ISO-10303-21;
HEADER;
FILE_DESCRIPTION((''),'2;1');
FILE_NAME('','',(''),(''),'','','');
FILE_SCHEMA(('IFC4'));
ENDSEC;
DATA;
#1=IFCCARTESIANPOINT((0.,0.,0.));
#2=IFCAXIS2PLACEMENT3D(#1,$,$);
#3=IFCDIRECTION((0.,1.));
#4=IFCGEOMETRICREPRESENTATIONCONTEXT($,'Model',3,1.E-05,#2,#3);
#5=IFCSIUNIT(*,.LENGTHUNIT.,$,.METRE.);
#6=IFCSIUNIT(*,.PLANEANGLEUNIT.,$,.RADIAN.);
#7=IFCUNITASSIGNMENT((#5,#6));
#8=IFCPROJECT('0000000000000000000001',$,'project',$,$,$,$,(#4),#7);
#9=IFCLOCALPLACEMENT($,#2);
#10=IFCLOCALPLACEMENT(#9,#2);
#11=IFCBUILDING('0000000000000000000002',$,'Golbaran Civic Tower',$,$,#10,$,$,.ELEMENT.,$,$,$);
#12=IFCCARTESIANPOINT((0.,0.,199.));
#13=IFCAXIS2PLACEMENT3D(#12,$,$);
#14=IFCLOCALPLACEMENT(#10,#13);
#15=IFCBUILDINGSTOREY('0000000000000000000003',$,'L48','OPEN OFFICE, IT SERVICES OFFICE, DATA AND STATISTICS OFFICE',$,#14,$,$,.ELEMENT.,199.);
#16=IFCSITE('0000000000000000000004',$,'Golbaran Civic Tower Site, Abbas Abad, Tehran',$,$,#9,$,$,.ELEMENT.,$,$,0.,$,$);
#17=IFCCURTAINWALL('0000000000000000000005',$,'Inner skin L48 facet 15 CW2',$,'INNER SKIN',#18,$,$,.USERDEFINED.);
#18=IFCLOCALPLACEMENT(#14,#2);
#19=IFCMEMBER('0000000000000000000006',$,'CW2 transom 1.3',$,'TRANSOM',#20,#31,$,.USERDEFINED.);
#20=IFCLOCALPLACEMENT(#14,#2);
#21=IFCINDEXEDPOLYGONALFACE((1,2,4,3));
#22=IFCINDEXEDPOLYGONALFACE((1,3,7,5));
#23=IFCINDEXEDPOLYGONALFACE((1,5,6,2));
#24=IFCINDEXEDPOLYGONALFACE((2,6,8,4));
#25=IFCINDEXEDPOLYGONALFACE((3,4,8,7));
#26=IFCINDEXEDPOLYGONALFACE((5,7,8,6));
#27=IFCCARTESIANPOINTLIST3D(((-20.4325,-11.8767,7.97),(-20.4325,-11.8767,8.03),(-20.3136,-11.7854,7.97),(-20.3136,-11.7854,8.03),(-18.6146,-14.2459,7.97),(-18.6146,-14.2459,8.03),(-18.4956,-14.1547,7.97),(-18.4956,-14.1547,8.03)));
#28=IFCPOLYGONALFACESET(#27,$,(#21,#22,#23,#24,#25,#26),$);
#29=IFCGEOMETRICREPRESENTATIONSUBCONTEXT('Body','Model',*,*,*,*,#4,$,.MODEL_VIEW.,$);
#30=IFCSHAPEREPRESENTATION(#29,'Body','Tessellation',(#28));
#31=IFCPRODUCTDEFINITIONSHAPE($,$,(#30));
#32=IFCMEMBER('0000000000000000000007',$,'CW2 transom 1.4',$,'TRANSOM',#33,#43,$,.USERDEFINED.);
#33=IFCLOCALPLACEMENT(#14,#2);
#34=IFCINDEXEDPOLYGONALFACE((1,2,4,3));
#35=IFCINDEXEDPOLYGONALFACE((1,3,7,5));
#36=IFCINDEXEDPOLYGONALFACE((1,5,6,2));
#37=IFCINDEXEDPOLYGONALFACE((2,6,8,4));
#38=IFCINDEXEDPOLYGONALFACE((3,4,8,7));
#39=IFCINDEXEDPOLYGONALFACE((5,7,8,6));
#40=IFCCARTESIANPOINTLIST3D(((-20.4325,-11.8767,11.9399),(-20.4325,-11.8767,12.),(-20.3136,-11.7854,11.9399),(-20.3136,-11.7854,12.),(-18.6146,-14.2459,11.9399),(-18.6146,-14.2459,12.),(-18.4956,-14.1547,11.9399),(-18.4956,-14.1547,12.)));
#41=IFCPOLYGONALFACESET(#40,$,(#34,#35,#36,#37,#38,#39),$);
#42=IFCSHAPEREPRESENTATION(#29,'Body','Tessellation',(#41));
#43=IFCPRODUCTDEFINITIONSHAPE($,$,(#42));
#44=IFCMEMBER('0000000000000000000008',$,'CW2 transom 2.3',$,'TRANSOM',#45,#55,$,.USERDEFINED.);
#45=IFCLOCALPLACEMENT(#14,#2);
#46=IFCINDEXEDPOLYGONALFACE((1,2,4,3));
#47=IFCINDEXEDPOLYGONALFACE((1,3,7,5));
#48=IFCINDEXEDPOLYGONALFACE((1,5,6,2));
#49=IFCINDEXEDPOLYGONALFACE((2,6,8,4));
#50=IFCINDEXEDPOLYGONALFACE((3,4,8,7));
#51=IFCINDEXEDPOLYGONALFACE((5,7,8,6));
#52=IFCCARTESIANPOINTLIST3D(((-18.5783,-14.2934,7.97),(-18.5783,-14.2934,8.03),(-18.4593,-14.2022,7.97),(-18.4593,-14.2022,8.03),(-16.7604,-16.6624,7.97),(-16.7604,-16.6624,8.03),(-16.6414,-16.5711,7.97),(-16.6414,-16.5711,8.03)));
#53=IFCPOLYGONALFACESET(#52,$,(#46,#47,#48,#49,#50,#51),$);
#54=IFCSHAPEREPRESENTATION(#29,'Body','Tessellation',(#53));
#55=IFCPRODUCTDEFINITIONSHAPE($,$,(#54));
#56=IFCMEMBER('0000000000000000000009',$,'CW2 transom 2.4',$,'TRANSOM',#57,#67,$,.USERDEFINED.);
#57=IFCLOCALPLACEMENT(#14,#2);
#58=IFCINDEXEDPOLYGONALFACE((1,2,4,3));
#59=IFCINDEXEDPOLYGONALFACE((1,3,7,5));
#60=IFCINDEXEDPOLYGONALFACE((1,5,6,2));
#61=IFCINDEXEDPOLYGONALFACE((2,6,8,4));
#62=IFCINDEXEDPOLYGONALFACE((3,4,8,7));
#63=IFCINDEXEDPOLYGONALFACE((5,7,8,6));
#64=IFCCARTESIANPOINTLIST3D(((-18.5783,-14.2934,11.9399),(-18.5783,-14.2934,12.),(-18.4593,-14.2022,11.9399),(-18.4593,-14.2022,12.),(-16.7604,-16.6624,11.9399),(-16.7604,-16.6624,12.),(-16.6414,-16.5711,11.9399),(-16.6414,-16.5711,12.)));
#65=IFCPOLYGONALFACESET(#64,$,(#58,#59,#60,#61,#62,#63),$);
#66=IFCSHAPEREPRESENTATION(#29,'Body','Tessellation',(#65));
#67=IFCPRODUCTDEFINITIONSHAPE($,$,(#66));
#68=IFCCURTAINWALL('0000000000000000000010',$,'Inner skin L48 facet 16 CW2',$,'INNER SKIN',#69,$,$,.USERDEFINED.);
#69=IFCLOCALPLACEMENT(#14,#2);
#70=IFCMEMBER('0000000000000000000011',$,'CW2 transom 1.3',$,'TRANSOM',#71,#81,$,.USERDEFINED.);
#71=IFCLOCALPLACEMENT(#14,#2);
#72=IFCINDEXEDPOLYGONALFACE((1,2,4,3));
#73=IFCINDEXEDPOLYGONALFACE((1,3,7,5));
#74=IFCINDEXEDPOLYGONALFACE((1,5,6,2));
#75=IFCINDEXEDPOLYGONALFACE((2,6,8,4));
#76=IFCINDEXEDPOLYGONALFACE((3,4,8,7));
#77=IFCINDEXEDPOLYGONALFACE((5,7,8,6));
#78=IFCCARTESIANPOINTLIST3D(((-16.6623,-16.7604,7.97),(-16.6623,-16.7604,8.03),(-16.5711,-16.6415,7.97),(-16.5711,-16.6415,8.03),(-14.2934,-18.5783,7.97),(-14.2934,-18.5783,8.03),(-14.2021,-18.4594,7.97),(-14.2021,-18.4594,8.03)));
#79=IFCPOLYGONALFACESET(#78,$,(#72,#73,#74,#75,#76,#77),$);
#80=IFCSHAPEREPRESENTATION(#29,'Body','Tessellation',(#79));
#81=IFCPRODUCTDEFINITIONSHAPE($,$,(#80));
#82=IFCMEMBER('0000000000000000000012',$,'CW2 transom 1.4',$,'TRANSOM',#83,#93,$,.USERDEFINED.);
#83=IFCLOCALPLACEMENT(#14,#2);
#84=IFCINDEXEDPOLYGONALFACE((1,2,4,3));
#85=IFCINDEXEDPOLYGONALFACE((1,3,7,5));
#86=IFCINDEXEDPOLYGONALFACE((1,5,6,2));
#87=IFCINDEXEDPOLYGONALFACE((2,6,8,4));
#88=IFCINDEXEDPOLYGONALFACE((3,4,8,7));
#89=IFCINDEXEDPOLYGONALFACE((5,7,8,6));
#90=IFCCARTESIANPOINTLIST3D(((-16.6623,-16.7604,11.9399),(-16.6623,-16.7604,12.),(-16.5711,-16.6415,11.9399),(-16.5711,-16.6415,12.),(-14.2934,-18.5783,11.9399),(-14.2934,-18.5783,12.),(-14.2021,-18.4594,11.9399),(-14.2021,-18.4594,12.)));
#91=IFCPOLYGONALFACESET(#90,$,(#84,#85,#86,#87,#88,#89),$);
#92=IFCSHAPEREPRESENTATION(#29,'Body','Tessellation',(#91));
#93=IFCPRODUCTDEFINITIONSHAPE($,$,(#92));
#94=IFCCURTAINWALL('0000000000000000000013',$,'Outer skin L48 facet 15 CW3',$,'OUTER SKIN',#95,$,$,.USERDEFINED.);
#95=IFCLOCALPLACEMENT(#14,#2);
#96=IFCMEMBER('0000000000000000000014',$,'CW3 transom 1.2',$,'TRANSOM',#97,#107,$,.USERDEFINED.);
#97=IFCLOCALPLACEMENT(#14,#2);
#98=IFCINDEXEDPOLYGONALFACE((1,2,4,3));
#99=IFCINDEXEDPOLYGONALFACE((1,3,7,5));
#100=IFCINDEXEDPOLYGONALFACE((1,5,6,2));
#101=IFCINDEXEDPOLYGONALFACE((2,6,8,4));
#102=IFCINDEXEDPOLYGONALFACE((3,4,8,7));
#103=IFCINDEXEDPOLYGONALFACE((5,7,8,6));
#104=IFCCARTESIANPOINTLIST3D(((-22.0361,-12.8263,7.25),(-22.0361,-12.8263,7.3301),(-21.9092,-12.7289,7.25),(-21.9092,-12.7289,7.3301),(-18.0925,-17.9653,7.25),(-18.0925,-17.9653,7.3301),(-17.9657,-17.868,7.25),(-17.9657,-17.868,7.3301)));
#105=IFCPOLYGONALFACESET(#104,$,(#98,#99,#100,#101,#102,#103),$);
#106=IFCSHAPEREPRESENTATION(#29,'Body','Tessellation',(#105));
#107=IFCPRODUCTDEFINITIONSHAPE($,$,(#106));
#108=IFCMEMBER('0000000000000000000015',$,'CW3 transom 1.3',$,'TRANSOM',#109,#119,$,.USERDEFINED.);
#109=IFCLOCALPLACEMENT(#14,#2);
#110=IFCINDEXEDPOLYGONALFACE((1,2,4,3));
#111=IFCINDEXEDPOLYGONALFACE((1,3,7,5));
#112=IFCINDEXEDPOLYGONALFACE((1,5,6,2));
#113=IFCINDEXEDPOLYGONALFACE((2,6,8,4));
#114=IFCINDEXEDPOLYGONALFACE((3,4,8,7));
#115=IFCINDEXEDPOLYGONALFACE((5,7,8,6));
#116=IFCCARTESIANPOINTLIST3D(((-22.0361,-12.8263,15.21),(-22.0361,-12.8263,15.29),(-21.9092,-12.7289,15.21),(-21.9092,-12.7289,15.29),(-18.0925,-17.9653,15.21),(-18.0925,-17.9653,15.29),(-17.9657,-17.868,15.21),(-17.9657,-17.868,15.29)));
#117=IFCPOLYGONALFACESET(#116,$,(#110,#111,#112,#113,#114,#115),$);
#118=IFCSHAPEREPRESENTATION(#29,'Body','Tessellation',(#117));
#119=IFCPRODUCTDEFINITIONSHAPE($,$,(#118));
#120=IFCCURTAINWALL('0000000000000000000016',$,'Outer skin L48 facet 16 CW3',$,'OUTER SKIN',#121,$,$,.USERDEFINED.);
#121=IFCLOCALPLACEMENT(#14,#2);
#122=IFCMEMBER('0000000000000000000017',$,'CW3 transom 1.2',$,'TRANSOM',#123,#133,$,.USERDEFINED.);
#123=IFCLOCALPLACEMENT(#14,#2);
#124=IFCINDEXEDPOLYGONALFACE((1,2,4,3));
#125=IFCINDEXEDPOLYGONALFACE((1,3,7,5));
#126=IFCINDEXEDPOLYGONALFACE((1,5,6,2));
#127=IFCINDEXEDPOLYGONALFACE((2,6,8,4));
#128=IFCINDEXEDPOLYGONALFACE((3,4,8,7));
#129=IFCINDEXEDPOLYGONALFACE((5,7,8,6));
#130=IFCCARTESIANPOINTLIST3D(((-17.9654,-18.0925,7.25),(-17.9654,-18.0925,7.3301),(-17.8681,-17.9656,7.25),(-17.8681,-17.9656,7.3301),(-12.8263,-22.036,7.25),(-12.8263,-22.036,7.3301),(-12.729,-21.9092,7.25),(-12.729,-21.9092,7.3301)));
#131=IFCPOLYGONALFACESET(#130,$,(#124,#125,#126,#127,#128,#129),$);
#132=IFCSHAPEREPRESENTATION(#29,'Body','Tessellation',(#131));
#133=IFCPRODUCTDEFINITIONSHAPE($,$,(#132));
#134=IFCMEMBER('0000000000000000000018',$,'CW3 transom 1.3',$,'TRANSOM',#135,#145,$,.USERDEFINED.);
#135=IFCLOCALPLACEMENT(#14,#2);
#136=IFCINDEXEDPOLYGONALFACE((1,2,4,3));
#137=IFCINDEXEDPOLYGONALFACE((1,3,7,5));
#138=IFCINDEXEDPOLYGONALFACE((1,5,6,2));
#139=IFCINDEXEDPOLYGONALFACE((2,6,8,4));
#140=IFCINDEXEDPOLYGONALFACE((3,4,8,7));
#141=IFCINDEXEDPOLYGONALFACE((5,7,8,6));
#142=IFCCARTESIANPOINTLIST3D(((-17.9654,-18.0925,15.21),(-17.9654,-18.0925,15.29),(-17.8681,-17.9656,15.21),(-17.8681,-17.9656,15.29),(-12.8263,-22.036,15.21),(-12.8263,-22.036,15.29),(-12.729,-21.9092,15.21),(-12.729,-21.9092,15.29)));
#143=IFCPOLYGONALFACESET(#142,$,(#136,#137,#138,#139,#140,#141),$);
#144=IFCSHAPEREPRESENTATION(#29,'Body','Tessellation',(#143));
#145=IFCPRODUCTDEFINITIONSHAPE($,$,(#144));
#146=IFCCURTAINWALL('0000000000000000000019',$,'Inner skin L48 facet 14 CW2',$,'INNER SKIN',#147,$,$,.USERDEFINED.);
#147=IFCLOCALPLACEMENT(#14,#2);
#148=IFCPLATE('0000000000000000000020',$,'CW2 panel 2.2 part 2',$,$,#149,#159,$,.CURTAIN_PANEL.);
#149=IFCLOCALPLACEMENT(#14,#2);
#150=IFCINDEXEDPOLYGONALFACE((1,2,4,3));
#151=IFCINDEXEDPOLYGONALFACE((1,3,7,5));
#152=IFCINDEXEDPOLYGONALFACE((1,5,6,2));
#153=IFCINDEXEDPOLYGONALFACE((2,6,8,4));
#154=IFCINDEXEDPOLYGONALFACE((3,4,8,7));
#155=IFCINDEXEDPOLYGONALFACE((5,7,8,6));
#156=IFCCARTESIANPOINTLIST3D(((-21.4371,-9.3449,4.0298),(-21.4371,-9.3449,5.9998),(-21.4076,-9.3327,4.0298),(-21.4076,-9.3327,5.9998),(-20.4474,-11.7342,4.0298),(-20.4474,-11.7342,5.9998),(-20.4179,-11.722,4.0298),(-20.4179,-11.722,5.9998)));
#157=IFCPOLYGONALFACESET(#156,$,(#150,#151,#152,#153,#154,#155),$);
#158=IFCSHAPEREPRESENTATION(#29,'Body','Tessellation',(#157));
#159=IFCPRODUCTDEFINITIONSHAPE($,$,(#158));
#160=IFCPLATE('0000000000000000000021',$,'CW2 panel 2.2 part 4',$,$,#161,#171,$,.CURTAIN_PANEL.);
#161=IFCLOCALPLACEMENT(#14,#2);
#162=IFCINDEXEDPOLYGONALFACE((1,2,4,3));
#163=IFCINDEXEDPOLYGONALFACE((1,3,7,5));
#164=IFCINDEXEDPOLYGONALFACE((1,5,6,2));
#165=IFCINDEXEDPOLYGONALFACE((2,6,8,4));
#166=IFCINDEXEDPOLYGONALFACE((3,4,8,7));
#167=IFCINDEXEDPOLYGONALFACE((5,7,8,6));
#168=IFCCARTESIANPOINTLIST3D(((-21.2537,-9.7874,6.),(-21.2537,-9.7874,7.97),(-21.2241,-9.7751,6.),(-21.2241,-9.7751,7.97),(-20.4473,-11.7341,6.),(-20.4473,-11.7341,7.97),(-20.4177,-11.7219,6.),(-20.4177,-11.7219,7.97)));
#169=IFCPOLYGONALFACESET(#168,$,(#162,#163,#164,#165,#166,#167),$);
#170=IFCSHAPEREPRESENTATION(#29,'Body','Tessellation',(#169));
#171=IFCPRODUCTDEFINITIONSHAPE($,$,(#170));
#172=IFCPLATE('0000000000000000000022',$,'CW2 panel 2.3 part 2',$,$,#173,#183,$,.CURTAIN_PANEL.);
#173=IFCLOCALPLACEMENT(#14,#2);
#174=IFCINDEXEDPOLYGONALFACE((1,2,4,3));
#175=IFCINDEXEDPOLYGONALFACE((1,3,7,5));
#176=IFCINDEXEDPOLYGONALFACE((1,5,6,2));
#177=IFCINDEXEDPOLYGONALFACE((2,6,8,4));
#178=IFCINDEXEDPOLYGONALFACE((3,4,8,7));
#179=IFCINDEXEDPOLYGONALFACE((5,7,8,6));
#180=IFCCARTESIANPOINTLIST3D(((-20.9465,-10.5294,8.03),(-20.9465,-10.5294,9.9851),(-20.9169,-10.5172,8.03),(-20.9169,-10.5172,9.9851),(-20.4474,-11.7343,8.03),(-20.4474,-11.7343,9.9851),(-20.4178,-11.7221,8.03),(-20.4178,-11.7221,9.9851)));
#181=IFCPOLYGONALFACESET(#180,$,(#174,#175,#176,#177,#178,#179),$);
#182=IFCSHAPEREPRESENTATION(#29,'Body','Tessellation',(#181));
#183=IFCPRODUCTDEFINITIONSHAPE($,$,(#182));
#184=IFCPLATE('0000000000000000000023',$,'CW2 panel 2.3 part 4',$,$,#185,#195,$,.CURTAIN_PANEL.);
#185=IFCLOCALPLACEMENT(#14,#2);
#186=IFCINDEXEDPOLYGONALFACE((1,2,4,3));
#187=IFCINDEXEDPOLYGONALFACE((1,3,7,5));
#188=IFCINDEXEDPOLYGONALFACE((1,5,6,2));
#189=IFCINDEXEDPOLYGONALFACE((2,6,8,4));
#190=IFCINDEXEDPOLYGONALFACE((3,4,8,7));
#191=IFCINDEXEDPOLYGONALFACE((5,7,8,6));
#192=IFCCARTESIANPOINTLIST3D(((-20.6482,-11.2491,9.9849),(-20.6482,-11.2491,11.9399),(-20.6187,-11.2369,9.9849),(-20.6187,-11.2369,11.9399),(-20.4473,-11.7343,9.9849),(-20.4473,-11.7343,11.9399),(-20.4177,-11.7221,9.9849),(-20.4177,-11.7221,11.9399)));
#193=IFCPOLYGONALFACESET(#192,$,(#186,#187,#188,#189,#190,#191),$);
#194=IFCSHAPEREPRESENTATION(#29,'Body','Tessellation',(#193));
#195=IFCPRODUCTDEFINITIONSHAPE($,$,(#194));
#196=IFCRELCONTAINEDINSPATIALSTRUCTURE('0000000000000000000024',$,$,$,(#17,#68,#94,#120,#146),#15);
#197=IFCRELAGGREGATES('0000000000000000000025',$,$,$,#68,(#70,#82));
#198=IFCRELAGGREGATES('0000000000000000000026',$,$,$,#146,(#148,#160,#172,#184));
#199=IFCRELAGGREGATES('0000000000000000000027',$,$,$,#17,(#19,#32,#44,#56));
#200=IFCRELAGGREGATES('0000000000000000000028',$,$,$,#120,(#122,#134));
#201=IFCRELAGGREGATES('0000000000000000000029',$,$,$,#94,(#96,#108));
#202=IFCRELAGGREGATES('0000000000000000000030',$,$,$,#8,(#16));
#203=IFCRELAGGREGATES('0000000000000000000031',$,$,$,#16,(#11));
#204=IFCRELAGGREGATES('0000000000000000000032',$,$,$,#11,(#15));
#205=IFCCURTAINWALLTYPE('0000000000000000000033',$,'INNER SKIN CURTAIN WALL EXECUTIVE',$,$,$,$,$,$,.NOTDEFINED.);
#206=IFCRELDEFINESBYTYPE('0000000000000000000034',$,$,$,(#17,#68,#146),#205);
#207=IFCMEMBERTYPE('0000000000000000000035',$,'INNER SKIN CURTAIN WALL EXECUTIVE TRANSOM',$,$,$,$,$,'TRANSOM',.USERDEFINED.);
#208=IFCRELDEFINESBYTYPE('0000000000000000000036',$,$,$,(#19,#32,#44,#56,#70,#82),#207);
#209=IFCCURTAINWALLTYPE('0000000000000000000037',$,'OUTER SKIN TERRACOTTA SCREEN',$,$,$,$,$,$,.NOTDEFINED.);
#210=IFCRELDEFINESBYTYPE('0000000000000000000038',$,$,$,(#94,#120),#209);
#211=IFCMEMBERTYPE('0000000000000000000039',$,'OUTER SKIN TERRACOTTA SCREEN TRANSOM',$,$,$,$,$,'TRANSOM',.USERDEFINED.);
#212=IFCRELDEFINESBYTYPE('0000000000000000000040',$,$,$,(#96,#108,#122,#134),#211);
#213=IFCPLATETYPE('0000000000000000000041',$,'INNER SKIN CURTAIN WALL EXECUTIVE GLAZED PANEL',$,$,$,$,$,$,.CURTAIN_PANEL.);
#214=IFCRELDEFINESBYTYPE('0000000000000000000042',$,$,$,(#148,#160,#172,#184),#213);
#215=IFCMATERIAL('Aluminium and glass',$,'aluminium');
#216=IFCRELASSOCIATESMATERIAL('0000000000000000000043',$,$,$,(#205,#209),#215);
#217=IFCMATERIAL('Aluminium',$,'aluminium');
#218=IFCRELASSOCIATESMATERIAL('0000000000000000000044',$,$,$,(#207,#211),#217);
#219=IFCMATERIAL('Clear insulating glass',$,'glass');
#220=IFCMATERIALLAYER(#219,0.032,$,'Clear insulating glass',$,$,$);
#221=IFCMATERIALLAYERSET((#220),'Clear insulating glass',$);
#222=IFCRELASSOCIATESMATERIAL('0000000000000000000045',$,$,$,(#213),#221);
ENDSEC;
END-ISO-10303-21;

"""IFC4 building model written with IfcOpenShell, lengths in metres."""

from ifc_helpers import new_model, si_unit, direction, frame, origin, origin_2d, place, context, subcontext, project, spatial, rectangle, extrude, material, layer, layer_set, material_profile, profile_set, type_object, element, aggregate, save


model = new_model("IFC4")

# Units and contexts
model_context = context("Model", 3, precision=1e-05, world=origin(), true_north=direction((0.0, 1.0)))
body_context = subcontext(model_context, "Body", "Model", "MODEL_VIEW")
ifc_project = project(units=[si_unit("LENGTHUNIT", "METRE"), si_unit("PLANEANGLEUNIT", "RADIAN")], contexts=[model_context])

# Site, building, storey
site_placement = place(None, origin())
site = spatial("IfcSite", under=ifc_project, at=site_placement, Name="Golbaran Civic Tower Site, Abbas Abad, Tehran", CompositionType="ELEMENT", RefElevation=0.0)
building_placement = place(site_placement, origin())
building = spatial("IfcBuilding", under=site, at=building_placement, Name="Golbaran Civic Tower", CompositionType="ELEMENT")
storey_placement = place(building_placement, frame((0.0, 0.0, 199.0)))
storey = spatial("IfcBuildingStorey", under=building, at=storey_placement, Name="L48", Description="OPEN OFFICE, IT SERVICES OFFICE, DATA AND STATISTICS OFFICE", CompositionType="ELEMENT", Elevation=199.0)

# Curtain walls, members
ifc_material_1 = material(Name="Aluminium and glass", Category="aluminium")
curtain_wall_type_1 = type_object("IfcCurtainWallType", Name="INNER SKIN CURTAIN WALL EXECUTIVE", PredefinedType="NOTDEFINED", material=ifc_material_1)
curtain_wall_1_placement = place(storey_placement, origin())
curtain_wall_1 = element("IfcCurtainWall", 1, at=curtain_wall_1_placement, inside=storey, type_object=curtain_wall_type_1, Name="Inner skin L48 facet 15 CW2", ObjectType="INNER SKIN", PredefinedType="USERDEFINED")
ifc_material_2 = material(Name="Aluminium", Category="aluminium")
ifc_material_profile_1 = material_profile(ifc_material_2, rectangle(XDim=0.1499, YDim=0.0601, at=origin_2d()), Name="INNER SKIN CURTAIN WALL EXECUTIVE TRANSOM")
ifc_profile_set_1 = profile_set([ifc_material_profile_1], Name="Aluminium")
member_type_1 = type_object("IfcMemberType", Name="INNER SKIN CURTAIN WALL EXECUTIVE TRANSOM", ElementType="TRANSOM", PredefinedType="USERDEFINED", material=ifc_profile_set_1)
member_1_placement = place(storey_placement, frame((-20.373, -11.8311, 8.0), z_axis=(0.608754, -0.793359, 0.0), x_axis=(0.793359, 0.608754, 0.0)))
member_1 = element("IfcMember", 2, at=member_1_placement, type_object=member_type_1, Name="CW2 transom 1.3", ObjectType="TRANSOM", PredefinedType="USERDEFINED", context=body_context, shape_type="SweptSolid", body=[
    extrude(rectangle(XDim=0.1499, YDim=0.0601, at=origin_2d()), origin(), (0.0, 0.0, 1.0), 2.9863),
])
member_2_placement = place(storey_placement, frame((-20.373, -11.8311, 11.97), z_axis=(0.608754, -0.793359, 0.0), x_axis=(0.793359, 0.608754, 0.0)))
member_2 = element("IfcMember", 3, at=member_2_placement, type_object=member_type_1, Name="CW2 transom 1.4", ObjectType="TRANSOM", PredefinedType="USERDEFINED", context=body_context, shape_type="SweptSolid", body=[
    extrude(rectangle(XDim=0.1499, YDim=0.0601, at=origin_2d()), origin(), (0.0, 0.0, 1.0), 2.9863),
])
member_3_placement = place(storey_placement, frame((-18.5188, -14.2478, 8.0), z_axis=(0.608794, -0.793329, 0.0), x_axis=(0.793329, 0.608794, 0.0)))
member_3 = element("IfcMember", 4, at=member_3_placement, type_object=member_type_1, Name="CW2 transom 2.3", ObjectType="TRANSOM", PredefinedType="USERDEFINED", context=body_context, shape_type="SweptSolid", body=[
    extrude(rectangle(XDim=0.1499, YDim=0.0601, at=origin_2d()), origin(), (0.0, 0.0, 1.0), 2.9861),
])
member_4_placement = place(storey_placement, frame((-18.5188, -14.2478, 11.97), z_axis=(0.608794, -0.793329, 0.0), x_axis=(0.793329, 0.608794, 0.0)))
member_4 = element("IfcMember", 5, at=member_4_placement, type_object=member_type_1, Name="CW2 transom 2.4", ObjectType="TRANSOM", PredefinedType="USERDEFINED", context=body_context, shape_type="SweptSolid", body=[
    extrude(rectangle(XDim=0.1499, YDim=0.0601, at=origin_2d()), origin(), (0.0, 0.0, 1.0), 2.9861),
])
curtain_wall_2_placement = place(storey_placement, origin())
curtain_wall_2 = element("IfcCurtainWall", 6, at=curtain_wall_2_placement, inside=storey, type_object=curtain_wall_type_1, Name="Inner skin L48 facet 16 CW2", ObjectType="INNER SKIN", PredefinedType="USERDEFINED")
member_5_placement = place(storey_placement, frame((-16.6167, -16.7009, 8.0), z_axis=(0.793329, -0.608794, 0.0), x_axis=(0.608794, 0.793329, 0.0)))
member_5 = element("IfcMember", 7, at=member_5_placement, type_object=member_type_1, Name="CW2 transom 1.3", ObjectType="TRANSOM", PredefinedType="USERDEFINED", context=body_context, shape_type="SweptSolid", body=[
    extrude(rectangle(XDim=0.1499, YDim=0.0601, at=origin_2d()), origin(), (0.0, 0.0, 1.0), 2.9861),
])
member_6_placement = place(storey_placement, frame((-16.6167, -16.7009, 11.97), z_axis=(0.793329, -0.608794, 0.0), x_axis=(0.608794, 0.793329, 0.0)))
member_6 = element("IfcMember", 8, at=member_6_placement, type_object=member_type_1, Name="CW2 transom 1.4", ObjectType="TRANSOM", PredefinedType="USERDEFINED", context=body_context, shape_type="SweptSolid", body=[
    extrude(rectangle(XDim=0.1499, YDim=0.0601, at=origin_2d()), origin(), (0.0, 0.0, 1.0), 2.9861),
])
aggregate(curtain_wall_2, [member_5, member_6])
curtain_wall_type_2 = type_object("IfcCurtainWallType", Name="OUTER SKIN TERRACOTTA SCREEN", PredefinedType="NOTDEFINED", material=ifc_material_1)
curtain_wall_3_placement = place(storey_placement, origin())
curtain_wall_3 = element("IfcCurtainWall", 9, at=curtain_wall_3_placement, inside=storey, type_object=curtain_wall_type_2, Name="Outer skin L48 facet 15 CW3", ObjectType="OUTER SKIN", PredefinedType="USERDEFINED")
ifc_material_profile_2 = material_profile(ifc_material_2, rectangle(XDim=0.1599, YDim=0.0801, at=origin_2d()), Name="OUTER SKIN TERRACOTTA SCREEN TRANSOM")
ifc_profile_set_2 = profile_set([ifc_material_profile_2], Name="Aluminium")
member_type_2 = type_object("IfcMemberType", Name="OUTER SKIN TERRACOTTA SCREEN TRANSOM", ElementType="TRANSOM", PredefinedType="USERDEFINED", material=ifc_profile_set_2)
member_7_placement = place(storey_placement, frame((-21.9727, -12.7776, 7.29), z_axis=(0.60878, -0.793339, 0.0), x_axis=(0.793339, 0.60878, 0.0)))
member_7 = element("IfcMember", 10, at=member_7_placement, type_object=member_type_2, Name="CW3 transom 1.2", ObjectType="TRANSOM", PredefinedType="USERDEFINED", context=body_context, shape_type="SweptSolid", body=[
    extrude(rectangle(XDim=0.1599, YDim=0.0801, at=origin_2d()), origin(), (0.0, 0.0, 1.0), 6.4778),
])
member_8_placement = place(storey_placement, frame((-21.9727, -12.7776, 15.25), z_axis=(0.60878, -0.793339, 0.0), x_axis=(0.793339, 0.60878, 0.0)))
member_8 = element("IfcMember", 11, at=member_8_placement, type_object=member_type_2, Name="CW3 transom 1.3", ObjectType="TRANSOM", PredefinedType="USERDEFINED", context=body_context, shape_type="SweptSolid", body=[
    extrude(rectangle(XDim=0.1599, YDim=0.0801, at=origin_2d()), origin(), (0.0, 0.0, 1.0), 6.4778),
])
curtain_wall_4_placement = place(storey_placement, origin())
curtain_wall_4 = element("IfcCurtainWall", 12, at=curtain_wall_4_placement, inside=storey, type_object=curtain_wall_type_2, Name="Outer skin L48 facet 16 CW3", ObjectType="OUTER SKIN", PredefinedType="USERDEFINED")
member_9_placement = place(storey_placement, frame((-17.9167, -18.0291, 7.29), z_axis=(0.793339, -0.60878, 0.0), x_axis=(0.60878, 0.793339, 0.0)))
member_9 = element("IfcMember", 13, at=member_9_placement, type_object=member_type_2, Name="CW3 transom 1.2", ObjectType="TRANSOM", PredefinedType="USERDEFINED", context=body_context, shape_type="SweptSolid", body=[
    extrude(rectangle(XDim=0.1599, YDim=0.0801, at=origin_2d()), origin(), (0.0, 0.0, 1.0), 6.4778),
])
member_10_placement = place(storey_placement, frame((-17.9167, -18.0291, 15.25), z_axis=(0.793339, -0.60878, 0.0), x_axis=(0.60878, 0.793339, 0.0)))
member_10 = element("IfcMember", 14, at=member_10_placement, type_object=member_type_2, Name="CW3 transom 1.3", ObjectType="TRANSOM", PredefinedType="USERDEFINED", context=body_context, shape_type="SweptSolid", body=[
    extrude(rectangle(XDim=0.1599, YDim=0.0801, at=origin_2d()), origin(), (0.0, 0.0, 1.0), 6.4778),
])

# Curtain wall, plates
curtain_wall_5_placement = place(storey_placement, origin())
curtain_wall_5 = element("IfcCurtainWall", 15, at=curtain_wall_5_placement, inside=storey, type_object=curtain_wall_type_1, Name="Inner skin L48 facet 14 CW2", ObjectType="INNER SKIN", PredefinedType="USERDEFINED")
ifc_material_3 = material(Name="Clear insulating glass", Category="glass")
ifc_layer_1 = layer(ifc_material_3, 0.032, Name="Clear insulating glass")
ifc_layer_set_1 = layer_set([ifc_layer_1], Name="Clear insulating glass")
plate_type_1 = type_object("IfcPlateType", Name="INNER SKIN CURTAIN WALL EXECUTIVE GLAZED PANEL", PredefinedType="CURTAIN_PANEL", material=ifc_layer_set_1)
plate_1_placement = place(storey_placement, frame((-20.9275, -10.5334, 4.0298), z_axis=(0.0, 0.0, 1.0), x_axis=(0.382683, -0.92388, 0.0)))
plate_1 = element("IfcPlate", 16, at=plate_1_placement, type_object=plate_type_1, Name="CW2 panel 2.2 part 2", PredefinedType="CURTAIN_PANEL", context=body_context, shape_type="SweptSolid", body=[
    extrude(rectangle(XDim=2.5862, YDim=0.032, at=origin_2d()), origin(), (0.0, 0.0, 1.0), 1.97),
])
plate_2_placement = place(storey_placement, frame((-20.8357, -10.7546, 6.0), z_axis=(0.0, 0.0, 1.0), x_axis=(0.382683, -0.92388, 0.0)))
plate_2 = element("IfcPlate", 17, at=plate_2_placement, type_object=plate_type_1, Name="CW2 panel 2.2 part 4", PredefinedType="CURTAIN_PANEL", context=body_context, shape_type="SweptSolid", body=[
    extrude(rectangle(XDim=2.1072, YDim=0.032, at=origin_2d()), origin(), (0.0, 0.0, 1.0), 1.97),
])
plate_3_placement = place(storey_placement, frame((-20.6821, -11.1257, 8.03), z_axis=(0.0, 0.0, 1.0), x_axis=(0.382683, -0.92388, 0.0)))
plate_3 = element("IfcPlate", 18, at=plate_3_placement, type_object=plate_type_1, Name="CW2 panel 2.3 part 2", PredefinedType="CURTAIN_PANEL", context=body_context, shape_type="SweptSolid", body=[
    extrude(rectangle(XDim=1.3042, YDim=0.032, at=origin_2d()), origin(), (0.0, 0.0, 1.0), 1.9551),
])
plate_4_placement = place(storey_placement, frame((-20.533, -11.4856, 9.9849), z_axis=(0.0, 0.0, 1.0), x_axis=(0.382683, -0.92388, 0.0)))
plate_4 = element("IfcPlate", 19, at=plate_4_placement, type_object=plate_type_1, Name="CW2 panel 2.3 part 4", PredefinedType="CURTAIN_PANEL", context=body_context, shape_type="SweptSolid", body=[
    extrude(rectangle(XDim=0.5251, YDim=0.032, at=origin_2d()), origin(), (0.0, 0.0, 1.0), 1.9551),
])

aggregate(curtain_wall_5, [plate_1, plate_2, plate_3, plate_4])
aggregate(curtain_wall_1, [member_1, member_2, member_3, member_4])

aggregate(curtain_wall_4, [member_9, member_10])
aggregate(curtain_wall_3, [member_7, member_8])

save(model, "model.ifc")
